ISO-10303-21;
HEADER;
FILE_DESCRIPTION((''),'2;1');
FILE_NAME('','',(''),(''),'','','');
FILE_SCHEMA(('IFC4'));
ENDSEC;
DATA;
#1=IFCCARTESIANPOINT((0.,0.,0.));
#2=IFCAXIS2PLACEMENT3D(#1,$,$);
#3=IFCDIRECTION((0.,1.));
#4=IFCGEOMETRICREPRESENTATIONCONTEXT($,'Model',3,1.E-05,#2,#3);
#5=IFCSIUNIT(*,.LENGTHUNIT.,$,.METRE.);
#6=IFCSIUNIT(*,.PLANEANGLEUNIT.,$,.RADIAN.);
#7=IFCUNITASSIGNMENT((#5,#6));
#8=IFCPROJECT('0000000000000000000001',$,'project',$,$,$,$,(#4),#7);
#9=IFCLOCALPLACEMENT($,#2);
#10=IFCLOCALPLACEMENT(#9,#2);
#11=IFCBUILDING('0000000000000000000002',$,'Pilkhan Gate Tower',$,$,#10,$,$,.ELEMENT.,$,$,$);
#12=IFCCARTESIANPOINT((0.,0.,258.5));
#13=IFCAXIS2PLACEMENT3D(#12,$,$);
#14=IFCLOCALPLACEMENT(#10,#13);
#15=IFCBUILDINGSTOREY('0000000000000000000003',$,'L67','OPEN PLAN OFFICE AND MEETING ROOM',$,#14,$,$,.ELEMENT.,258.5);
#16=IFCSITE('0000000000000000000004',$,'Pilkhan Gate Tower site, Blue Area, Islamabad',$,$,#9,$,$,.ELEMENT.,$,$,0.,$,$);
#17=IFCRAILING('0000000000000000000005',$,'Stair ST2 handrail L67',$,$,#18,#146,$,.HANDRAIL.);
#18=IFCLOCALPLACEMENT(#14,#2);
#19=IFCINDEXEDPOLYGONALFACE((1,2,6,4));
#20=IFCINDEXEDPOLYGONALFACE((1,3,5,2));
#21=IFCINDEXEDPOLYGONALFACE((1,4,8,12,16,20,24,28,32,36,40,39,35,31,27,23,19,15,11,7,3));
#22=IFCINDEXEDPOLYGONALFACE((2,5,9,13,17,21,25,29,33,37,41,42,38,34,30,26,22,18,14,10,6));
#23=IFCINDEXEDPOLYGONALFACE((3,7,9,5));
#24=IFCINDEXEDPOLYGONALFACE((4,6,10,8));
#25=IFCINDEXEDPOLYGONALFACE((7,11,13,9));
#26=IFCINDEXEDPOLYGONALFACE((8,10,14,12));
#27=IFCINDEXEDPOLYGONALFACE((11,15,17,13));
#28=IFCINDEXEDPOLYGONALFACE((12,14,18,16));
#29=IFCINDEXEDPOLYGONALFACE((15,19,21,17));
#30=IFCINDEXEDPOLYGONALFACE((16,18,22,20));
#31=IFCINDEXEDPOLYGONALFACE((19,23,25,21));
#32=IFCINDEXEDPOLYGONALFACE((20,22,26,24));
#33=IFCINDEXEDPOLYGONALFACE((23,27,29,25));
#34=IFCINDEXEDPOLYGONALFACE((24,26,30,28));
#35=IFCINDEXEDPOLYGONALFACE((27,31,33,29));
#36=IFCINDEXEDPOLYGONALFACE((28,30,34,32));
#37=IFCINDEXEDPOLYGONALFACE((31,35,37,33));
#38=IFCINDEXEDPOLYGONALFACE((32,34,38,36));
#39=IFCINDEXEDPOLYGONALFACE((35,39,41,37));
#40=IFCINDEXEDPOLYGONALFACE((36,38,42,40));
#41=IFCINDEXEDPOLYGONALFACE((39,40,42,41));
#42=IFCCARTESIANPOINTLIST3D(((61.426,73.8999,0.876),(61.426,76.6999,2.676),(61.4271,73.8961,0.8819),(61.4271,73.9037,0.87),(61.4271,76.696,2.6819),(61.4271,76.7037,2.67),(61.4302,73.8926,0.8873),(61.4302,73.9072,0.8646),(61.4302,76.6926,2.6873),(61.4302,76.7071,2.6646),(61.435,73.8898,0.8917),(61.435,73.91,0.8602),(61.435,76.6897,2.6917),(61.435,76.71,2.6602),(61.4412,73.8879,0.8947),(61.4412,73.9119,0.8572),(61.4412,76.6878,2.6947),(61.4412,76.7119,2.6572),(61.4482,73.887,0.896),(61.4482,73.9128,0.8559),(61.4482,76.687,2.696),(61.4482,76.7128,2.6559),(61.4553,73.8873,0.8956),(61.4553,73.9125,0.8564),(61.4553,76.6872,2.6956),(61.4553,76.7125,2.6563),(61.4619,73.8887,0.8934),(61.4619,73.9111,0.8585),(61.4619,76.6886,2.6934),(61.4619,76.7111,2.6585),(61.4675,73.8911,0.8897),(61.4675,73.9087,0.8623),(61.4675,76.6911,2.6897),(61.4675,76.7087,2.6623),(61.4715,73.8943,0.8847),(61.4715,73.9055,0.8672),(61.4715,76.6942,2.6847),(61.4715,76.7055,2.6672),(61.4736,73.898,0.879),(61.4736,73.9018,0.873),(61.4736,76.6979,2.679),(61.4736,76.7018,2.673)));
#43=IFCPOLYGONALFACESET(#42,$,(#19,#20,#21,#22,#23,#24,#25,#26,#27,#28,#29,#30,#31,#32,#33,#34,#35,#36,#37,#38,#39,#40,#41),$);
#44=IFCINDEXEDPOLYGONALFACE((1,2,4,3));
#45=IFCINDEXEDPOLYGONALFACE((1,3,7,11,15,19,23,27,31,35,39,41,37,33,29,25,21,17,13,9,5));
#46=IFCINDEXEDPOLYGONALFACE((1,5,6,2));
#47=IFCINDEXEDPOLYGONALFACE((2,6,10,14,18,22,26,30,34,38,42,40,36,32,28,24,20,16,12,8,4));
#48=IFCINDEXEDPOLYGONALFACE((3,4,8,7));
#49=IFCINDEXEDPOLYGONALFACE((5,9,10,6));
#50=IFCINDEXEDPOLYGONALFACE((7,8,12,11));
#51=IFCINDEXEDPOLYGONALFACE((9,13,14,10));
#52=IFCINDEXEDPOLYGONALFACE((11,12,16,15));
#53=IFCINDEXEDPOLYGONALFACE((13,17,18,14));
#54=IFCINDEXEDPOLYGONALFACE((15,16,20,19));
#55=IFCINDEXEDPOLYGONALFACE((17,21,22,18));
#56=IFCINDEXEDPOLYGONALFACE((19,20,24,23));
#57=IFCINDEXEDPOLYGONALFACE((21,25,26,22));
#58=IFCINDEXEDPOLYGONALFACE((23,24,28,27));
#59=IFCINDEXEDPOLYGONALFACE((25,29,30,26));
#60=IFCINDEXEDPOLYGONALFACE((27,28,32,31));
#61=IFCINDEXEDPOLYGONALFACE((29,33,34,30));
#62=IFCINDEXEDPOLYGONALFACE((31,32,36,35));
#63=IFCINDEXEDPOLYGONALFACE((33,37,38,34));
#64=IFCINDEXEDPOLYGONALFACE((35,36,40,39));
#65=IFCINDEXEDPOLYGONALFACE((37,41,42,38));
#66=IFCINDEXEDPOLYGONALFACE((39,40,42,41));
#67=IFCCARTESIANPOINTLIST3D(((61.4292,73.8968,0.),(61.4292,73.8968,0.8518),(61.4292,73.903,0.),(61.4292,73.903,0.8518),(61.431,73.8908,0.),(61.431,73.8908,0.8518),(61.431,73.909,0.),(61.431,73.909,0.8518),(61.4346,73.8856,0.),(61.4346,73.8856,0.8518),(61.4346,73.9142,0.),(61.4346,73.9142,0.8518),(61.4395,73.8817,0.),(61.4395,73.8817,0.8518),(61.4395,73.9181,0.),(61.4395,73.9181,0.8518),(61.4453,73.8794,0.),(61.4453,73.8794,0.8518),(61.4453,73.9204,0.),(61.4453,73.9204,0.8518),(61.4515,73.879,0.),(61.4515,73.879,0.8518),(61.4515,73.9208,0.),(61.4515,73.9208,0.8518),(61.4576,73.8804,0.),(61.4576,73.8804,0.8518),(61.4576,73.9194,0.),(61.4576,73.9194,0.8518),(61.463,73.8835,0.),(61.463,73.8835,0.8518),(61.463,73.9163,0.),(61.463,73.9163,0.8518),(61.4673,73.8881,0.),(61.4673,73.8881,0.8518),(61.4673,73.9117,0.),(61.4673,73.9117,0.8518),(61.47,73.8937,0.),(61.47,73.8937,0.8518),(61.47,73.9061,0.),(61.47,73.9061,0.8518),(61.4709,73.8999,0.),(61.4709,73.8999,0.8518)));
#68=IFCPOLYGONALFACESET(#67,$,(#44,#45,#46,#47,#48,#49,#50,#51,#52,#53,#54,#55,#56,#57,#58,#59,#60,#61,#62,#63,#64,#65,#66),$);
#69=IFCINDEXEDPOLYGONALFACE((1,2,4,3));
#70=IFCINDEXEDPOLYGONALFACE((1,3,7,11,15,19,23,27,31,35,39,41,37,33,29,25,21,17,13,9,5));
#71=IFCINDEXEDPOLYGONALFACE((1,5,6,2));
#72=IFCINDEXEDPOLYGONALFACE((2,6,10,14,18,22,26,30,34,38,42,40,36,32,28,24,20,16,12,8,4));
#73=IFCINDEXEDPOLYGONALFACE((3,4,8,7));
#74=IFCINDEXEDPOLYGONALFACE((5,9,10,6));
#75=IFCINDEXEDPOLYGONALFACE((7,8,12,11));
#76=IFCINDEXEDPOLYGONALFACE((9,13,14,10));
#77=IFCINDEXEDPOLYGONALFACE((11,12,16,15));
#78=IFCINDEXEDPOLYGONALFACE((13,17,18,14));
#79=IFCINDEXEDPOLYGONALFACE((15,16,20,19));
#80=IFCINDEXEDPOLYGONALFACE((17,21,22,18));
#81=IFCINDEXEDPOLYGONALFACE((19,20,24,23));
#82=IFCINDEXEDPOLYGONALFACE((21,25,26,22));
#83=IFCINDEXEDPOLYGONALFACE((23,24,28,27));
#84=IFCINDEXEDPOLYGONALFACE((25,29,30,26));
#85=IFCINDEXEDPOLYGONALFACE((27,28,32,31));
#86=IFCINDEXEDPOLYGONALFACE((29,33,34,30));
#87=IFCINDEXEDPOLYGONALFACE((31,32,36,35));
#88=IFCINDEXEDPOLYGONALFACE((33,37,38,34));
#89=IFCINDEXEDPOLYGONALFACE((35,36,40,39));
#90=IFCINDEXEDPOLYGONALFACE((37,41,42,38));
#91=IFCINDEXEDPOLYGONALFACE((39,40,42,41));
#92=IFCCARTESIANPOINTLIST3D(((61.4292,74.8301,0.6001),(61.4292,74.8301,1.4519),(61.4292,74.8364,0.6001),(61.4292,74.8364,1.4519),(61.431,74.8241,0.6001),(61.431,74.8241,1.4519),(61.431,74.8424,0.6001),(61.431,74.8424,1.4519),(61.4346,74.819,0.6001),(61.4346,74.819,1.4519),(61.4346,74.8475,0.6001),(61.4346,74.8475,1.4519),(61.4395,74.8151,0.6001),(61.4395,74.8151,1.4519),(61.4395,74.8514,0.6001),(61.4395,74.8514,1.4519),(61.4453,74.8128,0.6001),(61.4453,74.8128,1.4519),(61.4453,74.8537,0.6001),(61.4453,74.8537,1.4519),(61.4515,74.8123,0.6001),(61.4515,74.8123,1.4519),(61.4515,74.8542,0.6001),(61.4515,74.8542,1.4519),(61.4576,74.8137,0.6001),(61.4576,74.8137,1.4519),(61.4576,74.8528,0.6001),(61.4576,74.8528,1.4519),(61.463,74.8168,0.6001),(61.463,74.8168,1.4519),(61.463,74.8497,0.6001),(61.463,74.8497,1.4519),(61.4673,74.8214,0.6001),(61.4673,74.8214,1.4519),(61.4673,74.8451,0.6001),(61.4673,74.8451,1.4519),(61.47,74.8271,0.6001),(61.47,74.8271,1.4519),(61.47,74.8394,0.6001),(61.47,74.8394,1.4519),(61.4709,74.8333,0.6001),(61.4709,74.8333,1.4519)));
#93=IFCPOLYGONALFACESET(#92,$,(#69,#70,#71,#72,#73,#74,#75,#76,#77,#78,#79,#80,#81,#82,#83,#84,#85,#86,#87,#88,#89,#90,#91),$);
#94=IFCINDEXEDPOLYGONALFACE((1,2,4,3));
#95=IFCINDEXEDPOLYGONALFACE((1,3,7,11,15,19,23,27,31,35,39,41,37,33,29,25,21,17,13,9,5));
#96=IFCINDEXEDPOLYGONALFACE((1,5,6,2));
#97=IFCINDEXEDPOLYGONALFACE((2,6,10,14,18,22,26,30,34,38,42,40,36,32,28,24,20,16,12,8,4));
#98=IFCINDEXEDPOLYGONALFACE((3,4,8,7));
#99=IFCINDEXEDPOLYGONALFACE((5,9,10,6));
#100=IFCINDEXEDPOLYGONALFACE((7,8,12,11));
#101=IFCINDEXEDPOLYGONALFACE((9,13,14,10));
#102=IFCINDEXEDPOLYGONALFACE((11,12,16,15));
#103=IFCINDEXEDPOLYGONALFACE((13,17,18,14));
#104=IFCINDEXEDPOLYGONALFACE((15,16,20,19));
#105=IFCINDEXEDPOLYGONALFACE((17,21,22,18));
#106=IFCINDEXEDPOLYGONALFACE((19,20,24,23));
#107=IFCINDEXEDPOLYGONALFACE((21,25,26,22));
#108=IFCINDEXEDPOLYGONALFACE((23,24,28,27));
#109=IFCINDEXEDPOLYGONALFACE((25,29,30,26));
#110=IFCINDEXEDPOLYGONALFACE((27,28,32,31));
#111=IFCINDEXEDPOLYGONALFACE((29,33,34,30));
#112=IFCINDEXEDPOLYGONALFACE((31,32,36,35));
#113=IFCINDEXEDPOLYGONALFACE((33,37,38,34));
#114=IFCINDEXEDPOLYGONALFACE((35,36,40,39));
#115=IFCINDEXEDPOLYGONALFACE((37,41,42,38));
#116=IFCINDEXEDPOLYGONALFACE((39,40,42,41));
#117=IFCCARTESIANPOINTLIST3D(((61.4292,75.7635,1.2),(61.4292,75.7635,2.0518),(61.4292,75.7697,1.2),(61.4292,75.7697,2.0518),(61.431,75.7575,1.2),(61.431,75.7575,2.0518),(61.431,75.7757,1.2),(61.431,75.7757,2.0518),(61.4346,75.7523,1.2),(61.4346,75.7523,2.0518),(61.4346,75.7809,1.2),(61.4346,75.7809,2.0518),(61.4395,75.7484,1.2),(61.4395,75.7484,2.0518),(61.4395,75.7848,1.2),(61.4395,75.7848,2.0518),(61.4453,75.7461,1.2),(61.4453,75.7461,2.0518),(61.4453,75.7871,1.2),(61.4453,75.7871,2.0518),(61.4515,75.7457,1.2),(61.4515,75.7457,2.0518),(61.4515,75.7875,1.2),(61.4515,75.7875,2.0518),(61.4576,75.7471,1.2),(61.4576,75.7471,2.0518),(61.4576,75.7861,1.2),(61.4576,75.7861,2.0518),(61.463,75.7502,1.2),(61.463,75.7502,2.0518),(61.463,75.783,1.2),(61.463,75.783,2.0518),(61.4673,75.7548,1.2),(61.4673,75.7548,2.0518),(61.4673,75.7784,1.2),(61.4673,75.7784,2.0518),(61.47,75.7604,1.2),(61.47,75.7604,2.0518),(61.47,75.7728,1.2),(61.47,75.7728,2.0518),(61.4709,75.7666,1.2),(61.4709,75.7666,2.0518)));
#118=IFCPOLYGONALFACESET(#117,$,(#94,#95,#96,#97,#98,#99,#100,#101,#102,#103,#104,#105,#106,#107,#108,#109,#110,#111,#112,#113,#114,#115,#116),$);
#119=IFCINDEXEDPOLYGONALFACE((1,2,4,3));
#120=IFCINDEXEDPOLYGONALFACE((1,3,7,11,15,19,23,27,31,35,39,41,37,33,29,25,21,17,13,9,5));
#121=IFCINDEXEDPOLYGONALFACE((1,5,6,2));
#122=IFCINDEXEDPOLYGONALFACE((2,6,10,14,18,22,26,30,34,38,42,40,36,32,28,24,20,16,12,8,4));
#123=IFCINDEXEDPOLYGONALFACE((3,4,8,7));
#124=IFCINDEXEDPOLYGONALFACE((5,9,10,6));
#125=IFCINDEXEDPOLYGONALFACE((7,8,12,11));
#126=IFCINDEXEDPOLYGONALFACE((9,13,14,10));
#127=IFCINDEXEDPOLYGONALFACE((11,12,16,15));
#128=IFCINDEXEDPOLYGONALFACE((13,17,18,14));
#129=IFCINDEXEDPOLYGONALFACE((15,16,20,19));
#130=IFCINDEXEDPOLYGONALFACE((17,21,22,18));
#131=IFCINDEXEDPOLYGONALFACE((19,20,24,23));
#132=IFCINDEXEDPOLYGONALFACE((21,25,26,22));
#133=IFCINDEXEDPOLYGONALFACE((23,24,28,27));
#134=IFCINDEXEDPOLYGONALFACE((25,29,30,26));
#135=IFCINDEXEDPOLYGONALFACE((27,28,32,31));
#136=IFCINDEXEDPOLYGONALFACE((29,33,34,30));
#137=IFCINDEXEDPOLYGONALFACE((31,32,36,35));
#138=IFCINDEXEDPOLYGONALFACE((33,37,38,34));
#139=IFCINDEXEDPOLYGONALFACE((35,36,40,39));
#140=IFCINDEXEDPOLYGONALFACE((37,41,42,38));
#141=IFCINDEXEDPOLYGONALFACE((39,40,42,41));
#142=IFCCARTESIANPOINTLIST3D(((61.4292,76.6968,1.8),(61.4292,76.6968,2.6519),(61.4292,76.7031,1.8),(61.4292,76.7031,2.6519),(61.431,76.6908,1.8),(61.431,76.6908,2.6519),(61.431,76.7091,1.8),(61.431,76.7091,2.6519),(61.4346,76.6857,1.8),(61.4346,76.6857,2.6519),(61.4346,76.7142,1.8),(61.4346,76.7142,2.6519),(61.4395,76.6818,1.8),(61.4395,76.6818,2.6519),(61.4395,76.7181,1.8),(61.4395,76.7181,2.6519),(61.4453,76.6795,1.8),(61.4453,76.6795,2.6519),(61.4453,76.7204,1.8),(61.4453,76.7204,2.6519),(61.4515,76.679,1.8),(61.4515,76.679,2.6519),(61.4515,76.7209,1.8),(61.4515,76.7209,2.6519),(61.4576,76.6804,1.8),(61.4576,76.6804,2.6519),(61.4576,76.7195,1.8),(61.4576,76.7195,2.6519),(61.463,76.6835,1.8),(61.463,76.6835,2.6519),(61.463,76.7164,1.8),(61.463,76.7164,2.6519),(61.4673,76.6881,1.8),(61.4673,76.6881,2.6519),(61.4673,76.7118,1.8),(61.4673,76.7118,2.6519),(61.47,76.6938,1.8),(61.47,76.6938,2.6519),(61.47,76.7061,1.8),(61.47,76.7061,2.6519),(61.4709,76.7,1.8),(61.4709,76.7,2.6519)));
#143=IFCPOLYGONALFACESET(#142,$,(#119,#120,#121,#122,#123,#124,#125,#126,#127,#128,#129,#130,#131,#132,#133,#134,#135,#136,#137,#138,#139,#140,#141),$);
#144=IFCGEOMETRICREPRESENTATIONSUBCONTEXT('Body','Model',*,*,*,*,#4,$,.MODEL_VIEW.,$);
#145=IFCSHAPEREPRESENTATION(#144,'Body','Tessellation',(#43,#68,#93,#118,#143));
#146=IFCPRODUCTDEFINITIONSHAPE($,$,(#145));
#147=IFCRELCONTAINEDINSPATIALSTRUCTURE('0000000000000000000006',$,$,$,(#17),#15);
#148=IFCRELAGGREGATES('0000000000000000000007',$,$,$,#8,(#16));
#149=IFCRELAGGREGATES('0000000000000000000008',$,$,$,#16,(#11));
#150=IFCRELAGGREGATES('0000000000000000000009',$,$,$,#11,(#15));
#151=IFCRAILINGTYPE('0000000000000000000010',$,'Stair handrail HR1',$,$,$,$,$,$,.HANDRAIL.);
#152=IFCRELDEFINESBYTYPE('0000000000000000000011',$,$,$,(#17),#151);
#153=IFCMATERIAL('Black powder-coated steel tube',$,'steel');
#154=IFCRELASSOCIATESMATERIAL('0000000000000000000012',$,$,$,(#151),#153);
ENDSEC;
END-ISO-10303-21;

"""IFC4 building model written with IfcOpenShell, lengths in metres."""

from ifc_helpers import new_model, si_unit, direction, frame, origin, origin_2d, place, context, subcontext, project, spatial, circle, extrude, material, type_object, element, save


model = new_model("IFC4")

# Units and contexts
model_context = context("Model", 3, precision=1e-05, world=origin(), true_north=direction((0.0, 1.0)))
body_context = subcontext(model_context, "Body", "Model", "MODEL_VIEW")
ifc_project = project(units=[si_unit("LENGTHUNIT", "METRE"), si_unit("PLANEANGLEUNIT", "RADIAN")], contexts=[model_context])

# Site, building, storey
site_placement = place(None, origin())
site = spatial("IfcSite", under=ifc_project, at=site_placement, Name="Pilkhan Gate Tower site, Blue Area, Islamabad", CompositionType="ELEMENT", RefElevation=0.0)
building_placement = place(site_placement, origin())
building = spatial("IfcBuilding", under=site, at=building_placement, Name="Pilkhan Gate Tower", CompositionType="ELEMENT")
storey_placement = place(building_placement, frame((0.0, 0.0, 258.5)))
storey = spatial("IfcBuildingStorey", under=building, at=storey_placement, Name="L67", Description="OPEN PLAN OFFICE AND MEETING ROOM", CompositionType="ELEMENT", Elevation=258.5)

# Railing
ifc_material_1 = material(Name="Black powder-coated steel tube", Category="steel")
railing_type_1 = type_object("IfcRailingType", Name="Stair handrail HR1", PredefinedType="HANDRAIL", material=ifc_material_1)
railing_1_placement = place(storey_placement, frame((61.45, 73.8999, 0.0)))
element("IfcRailing", 1, at=railing_1_placement, inside=storey, type_object=railing_type_1, Name="Stair ST2 handrail L67", PredefinedType="HANDRAIL", context=body_context, shape_type="SweptSolid", body=[
    extrude(circle(Radius=0.0239, at=origin_2d()), frame((0.0, 0.0, 0.876), z_axis=(0.0, 0.841176, 0.540761), x_axis=(-1.0, 0.0, 0.0)), (0.0, 0.0, 1.0), 3.3286),
    extrude(circle(Radius=0.021, at=origin_2d()), origin(), (0.0, 0.0, 1.0), 0.8518),
    extrude(circle(Radius=0.021, at=origin_2d()), frame((0.0, 0.9333, 0.6001)), (0.0, 0.0, 1.0), 0.8518),
    extrude(circle(Radius=0.021, at=origin_2d()), frame((0.0, 1.8667, 1.2)), (0.0, 0.0, 1.0), 0.8518),
    extrude(circle(Radius=0.021, at=origin_2d()), frame((0.0, 2.8, 1.8)), (0.0, 0.0, 1.0), 0.8518),
])

save(model, "model.ifc")
